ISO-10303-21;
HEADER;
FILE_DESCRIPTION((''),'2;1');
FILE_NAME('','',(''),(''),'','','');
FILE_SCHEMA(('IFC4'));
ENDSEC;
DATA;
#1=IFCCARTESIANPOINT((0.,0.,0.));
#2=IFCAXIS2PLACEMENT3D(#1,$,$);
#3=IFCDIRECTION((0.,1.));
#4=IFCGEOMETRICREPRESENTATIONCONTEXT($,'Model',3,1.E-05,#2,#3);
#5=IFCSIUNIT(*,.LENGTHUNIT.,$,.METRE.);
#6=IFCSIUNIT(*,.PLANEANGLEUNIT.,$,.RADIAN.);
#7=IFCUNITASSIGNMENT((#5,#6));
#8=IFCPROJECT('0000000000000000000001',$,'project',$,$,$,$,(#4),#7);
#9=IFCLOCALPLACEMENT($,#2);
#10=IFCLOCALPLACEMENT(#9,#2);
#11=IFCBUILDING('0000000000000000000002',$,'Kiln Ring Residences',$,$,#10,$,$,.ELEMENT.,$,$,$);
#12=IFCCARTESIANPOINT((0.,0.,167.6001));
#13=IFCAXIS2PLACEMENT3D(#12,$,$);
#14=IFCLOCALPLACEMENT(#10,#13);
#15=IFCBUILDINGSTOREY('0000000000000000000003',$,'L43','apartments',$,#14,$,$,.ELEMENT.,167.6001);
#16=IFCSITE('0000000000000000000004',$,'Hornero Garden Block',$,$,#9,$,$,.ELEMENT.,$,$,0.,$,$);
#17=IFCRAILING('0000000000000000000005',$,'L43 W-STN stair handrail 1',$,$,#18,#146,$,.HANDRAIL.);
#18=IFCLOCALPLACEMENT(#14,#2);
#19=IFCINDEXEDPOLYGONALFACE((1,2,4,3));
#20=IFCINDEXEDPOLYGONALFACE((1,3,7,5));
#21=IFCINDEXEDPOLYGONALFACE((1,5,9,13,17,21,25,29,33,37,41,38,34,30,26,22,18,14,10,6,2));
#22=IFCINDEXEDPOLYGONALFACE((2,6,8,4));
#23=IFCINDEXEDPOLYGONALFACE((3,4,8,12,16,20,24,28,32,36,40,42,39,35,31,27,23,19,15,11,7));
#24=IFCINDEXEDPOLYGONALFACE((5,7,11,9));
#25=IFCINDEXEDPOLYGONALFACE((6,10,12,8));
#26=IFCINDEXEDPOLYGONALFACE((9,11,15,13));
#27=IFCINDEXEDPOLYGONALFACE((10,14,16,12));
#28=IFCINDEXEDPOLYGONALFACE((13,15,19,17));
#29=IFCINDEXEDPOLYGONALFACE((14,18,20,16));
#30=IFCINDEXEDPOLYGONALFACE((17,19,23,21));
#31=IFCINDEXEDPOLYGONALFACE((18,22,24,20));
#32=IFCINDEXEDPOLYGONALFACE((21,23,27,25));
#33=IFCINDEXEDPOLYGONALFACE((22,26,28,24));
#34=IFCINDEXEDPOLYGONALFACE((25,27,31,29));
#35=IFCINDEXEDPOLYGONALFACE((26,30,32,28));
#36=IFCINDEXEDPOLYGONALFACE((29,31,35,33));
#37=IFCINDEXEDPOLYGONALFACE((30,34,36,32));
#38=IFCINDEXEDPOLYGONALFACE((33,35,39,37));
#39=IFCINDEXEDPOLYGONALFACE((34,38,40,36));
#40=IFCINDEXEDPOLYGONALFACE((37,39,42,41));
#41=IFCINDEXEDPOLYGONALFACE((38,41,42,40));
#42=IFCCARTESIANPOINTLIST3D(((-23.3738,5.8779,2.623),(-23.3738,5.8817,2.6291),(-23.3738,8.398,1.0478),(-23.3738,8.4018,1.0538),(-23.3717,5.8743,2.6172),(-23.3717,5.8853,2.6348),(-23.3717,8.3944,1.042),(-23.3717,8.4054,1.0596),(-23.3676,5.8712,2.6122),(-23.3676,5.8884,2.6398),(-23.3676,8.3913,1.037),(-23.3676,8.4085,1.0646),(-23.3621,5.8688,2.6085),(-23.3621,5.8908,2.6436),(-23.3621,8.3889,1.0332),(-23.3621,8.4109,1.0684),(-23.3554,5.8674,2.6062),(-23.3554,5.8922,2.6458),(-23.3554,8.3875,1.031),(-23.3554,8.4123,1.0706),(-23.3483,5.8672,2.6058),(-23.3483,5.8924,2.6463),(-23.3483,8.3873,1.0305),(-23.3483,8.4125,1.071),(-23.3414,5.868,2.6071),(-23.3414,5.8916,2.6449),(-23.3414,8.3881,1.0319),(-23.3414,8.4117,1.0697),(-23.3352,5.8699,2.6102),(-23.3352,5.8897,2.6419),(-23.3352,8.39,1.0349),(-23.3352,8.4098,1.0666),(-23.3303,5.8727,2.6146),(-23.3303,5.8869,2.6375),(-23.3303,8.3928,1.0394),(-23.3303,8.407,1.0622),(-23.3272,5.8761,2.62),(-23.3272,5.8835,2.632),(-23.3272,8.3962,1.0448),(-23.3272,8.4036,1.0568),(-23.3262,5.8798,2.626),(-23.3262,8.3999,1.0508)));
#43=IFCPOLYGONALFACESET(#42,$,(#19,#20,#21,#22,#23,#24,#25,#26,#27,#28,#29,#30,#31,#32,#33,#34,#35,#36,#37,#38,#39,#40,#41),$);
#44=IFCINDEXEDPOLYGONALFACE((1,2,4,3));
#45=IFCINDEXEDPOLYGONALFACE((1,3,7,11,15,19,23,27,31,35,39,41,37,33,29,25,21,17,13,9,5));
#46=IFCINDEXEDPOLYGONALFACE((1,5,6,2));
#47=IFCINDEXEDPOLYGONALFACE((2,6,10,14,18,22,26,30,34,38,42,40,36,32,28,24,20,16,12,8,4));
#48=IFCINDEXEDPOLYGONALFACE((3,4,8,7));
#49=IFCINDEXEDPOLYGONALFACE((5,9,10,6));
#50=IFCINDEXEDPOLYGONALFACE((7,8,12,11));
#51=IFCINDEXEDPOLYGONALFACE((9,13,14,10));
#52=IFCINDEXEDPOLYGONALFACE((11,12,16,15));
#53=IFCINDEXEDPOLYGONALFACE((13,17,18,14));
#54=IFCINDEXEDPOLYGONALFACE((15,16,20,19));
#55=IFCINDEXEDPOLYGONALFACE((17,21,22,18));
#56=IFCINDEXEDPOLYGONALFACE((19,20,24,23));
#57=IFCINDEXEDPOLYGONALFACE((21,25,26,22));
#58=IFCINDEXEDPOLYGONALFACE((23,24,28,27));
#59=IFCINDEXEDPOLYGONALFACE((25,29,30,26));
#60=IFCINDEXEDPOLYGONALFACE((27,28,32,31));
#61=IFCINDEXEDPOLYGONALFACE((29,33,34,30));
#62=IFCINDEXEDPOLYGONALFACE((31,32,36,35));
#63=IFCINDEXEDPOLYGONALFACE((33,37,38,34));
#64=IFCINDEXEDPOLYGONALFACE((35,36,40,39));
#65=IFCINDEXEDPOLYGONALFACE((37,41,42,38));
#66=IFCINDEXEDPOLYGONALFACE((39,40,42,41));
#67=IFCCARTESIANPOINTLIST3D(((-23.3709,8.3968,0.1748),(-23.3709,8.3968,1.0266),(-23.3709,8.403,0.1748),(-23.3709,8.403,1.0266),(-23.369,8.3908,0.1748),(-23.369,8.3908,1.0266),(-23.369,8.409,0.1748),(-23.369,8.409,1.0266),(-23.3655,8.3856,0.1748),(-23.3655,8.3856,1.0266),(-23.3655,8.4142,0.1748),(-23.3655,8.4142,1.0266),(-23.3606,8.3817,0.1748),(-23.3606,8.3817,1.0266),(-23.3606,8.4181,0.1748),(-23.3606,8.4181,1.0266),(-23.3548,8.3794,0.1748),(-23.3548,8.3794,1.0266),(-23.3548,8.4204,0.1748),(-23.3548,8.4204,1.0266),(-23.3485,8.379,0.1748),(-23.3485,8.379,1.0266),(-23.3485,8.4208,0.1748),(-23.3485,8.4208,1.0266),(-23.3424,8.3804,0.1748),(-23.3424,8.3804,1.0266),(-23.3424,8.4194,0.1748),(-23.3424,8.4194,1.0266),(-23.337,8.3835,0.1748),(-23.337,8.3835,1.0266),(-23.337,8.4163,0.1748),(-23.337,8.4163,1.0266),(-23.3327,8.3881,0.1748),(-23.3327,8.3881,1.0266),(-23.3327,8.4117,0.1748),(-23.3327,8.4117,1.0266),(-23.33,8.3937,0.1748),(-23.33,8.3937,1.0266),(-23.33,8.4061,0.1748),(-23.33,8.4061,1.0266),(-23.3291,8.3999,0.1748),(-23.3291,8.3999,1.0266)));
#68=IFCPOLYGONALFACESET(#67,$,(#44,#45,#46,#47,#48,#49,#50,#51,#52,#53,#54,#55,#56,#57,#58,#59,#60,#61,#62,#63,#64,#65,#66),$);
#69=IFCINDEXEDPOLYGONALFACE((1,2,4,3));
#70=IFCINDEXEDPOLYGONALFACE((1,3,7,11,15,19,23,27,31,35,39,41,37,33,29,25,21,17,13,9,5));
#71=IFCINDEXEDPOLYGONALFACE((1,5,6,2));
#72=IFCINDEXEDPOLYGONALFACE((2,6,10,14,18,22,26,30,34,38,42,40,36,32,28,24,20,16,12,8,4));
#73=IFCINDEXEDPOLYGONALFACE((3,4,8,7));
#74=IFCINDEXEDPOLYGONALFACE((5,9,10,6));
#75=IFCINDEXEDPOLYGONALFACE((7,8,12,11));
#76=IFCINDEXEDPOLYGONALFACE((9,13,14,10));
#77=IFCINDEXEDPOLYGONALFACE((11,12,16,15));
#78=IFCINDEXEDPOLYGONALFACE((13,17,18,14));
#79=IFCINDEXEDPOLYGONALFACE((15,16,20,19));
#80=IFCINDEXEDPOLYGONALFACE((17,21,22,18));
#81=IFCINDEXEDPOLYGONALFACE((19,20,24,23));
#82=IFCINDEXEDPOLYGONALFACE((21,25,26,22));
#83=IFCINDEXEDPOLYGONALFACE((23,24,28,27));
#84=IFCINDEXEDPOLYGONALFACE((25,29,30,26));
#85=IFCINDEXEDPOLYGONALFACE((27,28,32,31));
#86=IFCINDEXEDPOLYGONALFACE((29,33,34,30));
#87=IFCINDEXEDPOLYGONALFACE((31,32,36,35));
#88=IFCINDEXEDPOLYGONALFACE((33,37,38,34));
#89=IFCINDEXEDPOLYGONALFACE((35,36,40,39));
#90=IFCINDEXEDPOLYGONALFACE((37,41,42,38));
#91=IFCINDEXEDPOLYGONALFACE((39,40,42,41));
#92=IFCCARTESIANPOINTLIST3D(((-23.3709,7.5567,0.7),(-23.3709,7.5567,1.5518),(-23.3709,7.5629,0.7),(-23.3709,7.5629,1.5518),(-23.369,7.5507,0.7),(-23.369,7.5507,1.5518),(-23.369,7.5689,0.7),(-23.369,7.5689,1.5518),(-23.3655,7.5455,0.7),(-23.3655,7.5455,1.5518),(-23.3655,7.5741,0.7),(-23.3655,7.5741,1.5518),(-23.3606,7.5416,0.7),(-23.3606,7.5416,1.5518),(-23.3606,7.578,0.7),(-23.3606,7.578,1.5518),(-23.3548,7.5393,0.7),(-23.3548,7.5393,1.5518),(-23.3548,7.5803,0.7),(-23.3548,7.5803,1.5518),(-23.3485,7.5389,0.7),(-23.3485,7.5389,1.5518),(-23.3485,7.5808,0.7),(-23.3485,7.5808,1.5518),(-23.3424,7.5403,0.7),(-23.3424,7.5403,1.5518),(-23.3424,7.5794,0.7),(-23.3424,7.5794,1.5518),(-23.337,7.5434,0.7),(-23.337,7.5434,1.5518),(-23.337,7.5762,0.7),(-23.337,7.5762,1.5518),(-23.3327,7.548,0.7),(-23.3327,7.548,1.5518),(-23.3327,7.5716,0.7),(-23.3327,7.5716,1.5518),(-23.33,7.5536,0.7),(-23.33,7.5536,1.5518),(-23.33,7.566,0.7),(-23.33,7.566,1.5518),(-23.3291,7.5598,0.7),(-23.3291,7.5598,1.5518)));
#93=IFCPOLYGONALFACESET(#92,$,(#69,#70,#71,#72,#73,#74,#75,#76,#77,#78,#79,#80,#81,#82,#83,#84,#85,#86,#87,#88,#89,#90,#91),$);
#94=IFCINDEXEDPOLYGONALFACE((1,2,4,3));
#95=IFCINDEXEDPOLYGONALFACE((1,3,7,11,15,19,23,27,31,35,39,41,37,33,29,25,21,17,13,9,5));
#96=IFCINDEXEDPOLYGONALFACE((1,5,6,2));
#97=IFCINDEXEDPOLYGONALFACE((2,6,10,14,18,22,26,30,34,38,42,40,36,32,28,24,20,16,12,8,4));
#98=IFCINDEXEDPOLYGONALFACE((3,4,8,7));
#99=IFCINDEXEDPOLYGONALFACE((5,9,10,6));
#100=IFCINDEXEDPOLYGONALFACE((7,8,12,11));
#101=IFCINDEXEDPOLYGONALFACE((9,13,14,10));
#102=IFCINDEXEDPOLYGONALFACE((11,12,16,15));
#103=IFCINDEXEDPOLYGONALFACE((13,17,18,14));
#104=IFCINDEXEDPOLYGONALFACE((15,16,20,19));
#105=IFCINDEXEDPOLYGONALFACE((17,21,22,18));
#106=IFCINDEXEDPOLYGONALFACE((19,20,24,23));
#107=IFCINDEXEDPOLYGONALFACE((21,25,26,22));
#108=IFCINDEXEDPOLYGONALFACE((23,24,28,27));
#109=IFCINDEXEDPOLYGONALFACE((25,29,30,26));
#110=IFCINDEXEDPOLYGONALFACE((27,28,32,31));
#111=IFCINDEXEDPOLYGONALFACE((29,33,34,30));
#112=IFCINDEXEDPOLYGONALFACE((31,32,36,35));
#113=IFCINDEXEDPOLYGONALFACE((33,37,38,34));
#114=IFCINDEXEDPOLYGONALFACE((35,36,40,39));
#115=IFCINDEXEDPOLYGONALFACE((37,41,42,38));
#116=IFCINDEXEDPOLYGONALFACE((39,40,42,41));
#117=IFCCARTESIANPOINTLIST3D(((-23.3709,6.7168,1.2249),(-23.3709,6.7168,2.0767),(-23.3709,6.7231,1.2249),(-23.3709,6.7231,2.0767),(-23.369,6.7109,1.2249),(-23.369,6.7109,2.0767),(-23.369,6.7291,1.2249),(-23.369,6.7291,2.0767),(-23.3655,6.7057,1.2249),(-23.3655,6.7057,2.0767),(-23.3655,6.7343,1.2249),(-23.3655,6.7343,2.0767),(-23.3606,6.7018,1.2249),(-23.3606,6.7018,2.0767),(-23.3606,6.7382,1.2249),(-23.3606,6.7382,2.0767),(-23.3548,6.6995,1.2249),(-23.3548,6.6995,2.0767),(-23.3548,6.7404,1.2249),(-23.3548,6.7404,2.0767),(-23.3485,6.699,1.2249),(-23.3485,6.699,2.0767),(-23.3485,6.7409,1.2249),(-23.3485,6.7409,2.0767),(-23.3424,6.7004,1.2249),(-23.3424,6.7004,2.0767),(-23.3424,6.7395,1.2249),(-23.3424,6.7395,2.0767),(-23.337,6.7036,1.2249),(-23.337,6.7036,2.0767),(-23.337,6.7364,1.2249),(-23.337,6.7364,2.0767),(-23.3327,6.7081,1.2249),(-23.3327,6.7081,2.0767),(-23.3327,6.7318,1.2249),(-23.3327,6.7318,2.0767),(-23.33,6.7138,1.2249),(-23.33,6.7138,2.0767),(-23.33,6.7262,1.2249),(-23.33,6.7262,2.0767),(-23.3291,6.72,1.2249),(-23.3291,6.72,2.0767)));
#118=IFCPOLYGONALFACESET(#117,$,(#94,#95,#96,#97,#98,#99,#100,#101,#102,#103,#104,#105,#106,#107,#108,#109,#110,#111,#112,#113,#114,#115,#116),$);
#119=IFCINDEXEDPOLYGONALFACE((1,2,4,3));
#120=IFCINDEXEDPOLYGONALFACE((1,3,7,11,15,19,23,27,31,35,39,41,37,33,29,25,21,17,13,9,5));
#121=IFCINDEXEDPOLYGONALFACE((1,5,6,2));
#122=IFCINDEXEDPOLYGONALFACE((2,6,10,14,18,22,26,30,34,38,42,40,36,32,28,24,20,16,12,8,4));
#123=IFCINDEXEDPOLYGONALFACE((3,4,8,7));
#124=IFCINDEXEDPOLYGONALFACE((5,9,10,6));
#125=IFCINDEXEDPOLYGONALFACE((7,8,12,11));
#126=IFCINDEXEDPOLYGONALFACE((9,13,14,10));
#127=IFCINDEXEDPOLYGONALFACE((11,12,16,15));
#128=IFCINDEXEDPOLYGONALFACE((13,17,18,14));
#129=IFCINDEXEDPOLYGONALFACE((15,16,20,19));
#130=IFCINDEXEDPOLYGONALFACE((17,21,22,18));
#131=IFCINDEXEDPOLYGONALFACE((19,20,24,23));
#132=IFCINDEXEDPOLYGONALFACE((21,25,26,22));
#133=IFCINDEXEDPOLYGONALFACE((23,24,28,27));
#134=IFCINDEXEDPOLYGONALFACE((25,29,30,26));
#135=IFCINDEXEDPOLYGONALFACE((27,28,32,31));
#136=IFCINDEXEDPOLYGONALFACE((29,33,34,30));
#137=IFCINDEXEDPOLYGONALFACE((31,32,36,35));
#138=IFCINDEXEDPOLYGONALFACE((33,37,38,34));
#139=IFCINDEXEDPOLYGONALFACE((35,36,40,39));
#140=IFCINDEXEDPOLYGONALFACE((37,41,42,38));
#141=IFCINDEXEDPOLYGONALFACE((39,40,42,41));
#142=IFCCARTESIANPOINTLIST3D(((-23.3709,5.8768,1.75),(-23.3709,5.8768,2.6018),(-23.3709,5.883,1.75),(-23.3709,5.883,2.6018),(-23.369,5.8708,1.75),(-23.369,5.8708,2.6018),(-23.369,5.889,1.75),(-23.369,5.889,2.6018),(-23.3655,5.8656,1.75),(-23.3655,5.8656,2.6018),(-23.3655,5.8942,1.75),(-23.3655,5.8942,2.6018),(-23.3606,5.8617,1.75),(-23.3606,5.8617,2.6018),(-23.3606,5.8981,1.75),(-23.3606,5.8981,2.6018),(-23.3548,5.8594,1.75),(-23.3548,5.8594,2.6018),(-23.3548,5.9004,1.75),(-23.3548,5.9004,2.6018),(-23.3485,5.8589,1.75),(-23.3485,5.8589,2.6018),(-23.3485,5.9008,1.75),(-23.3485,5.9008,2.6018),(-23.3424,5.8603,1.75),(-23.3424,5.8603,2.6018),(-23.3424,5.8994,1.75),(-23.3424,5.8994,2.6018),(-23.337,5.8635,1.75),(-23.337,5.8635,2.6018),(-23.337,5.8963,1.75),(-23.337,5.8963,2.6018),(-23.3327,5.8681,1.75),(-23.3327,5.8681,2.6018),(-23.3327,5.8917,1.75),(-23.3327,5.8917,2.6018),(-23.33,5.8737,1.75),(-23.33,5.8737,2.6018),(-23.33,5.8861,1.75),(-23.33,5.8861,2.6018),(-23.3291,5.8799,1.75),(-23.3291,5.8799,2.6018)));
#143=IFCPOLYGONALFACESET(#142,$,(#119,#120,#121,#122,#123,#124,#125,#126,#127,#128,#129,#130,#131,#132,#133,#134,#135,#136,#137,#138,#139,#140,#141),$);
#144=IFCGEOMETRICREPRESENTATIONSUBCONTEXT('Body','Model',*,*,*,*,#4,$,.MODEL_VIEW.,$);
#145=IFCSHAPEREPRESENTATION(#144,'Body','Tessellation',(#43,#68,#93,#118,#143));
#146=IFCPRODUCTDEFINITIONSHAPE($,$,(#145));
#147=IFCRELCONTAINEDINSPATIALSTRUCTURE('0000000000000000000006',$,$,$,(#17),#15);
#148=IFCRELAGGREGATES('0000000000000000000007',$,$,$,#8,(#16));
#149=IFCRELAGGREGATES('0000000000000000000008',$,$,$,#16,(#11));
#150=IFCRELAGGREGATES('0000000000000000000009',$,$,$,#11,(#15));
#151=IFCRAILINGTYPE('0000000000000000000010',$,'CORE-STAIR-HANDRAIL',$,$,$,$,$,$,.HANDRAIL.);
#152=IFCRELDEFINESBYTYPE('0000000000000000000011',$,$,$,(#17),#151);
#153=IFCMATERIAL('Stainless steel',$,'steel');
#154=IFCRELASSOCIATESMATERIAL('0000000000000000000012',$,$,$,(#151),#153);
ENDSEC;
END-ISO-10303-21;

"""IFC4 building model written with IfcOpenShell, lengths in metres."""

from ifc_helpers import new_model, si_unit, direction, frame, origin, origin_2d, place, context, subcontext, project, spatial, circle, extrude, material, type_object, element, save


model = new_model("IFC4")

# Units and contexts
model_context = context("Model", 3, precision=1e-05, world=origin(), true_north=direction((0.0, 1.0)))
body_context = subcontext(model_context, "Body", "Model", "MODEL_VIEW")
ifc_project = project(units=[si_unit("LENGTHUNIT", "METRE"), si_unit("PLANEANGLEUNIT", "RADIAN")], contexts=[model_context])

# Site, building, storey
site_placement = place(None, origin())
site = spatial("IfcSite", under=ifc_project, at=site_placement, Name="Hornero Garden Block", CompositionType="ELEMENT", RefElevation=0.0)
building_placement = place(site_placement, origin())
building = spatial("IfcBuilding", under=site, at=building_placement, Name="Kiln Ring Residences", CompositionType="ELEMENT")
storey_placement = place(building_placement, frame((0.0, 0.0, 167.6001)))
storey = spatial("IfcBuildingStorey", under=building, at=storey_placement, Name="L43", Description="apartments", CompositionType="ELEMENT", Elevation=167.6001)

# Railing
ifc_material_1 = material(Name="Stainless steel", Category="steel")
railing_type_1 = type_object("IfcRailingType", Name="CORE-STAIR-HANDRAIL", PredefinedType="HANDRAIL", material=ifc_material_1)
railing_1_placement = place(storey_placement, frame((-23.3501, 8.3999, 0.1748)))
element("IfcRailing", 1, at=railing_1_placement, inside=storey, type_object=railing_type_1, Name="L43 W-STN stair handrail 1", PredefinedType="HANDRAIL", context=body_context, shape_type="SweptSolid", body=[
    extrude(circle(Radius=0.0239, at=origin_2d()), frame((0.0, 0.0, 0.876), z_axis=(0.0, -0.847971, 0.530043), x_axis=(1.0, 0.0, 0.0)), (0.0, 0.0, 1.0), 2.9719),
    extrude(circle(Radius=0.021, at=origin_2d()), origin(), (0.0, 0.0, 1.0), 0.8518),
    extrude(circle(Radius=0.021, at=origin_2d()), frame((0.0, -0.8401, 0.5251)), (0.0, 0.0, 1.0), 0.8518),
    extrude(circle(Radius=0.021, at=origin_2d()), frame((0.0, -1.6799, 1.05)), (0.0, 0.0, 1.0), 0.8518),
    extrude(circle(Radius=0.021, at=origin_2d()), frame((0.0, -2.52, 1.5752)), (0.0, 0.0, 1.0), 0.8518),
])

save(model, "model.ifc")
